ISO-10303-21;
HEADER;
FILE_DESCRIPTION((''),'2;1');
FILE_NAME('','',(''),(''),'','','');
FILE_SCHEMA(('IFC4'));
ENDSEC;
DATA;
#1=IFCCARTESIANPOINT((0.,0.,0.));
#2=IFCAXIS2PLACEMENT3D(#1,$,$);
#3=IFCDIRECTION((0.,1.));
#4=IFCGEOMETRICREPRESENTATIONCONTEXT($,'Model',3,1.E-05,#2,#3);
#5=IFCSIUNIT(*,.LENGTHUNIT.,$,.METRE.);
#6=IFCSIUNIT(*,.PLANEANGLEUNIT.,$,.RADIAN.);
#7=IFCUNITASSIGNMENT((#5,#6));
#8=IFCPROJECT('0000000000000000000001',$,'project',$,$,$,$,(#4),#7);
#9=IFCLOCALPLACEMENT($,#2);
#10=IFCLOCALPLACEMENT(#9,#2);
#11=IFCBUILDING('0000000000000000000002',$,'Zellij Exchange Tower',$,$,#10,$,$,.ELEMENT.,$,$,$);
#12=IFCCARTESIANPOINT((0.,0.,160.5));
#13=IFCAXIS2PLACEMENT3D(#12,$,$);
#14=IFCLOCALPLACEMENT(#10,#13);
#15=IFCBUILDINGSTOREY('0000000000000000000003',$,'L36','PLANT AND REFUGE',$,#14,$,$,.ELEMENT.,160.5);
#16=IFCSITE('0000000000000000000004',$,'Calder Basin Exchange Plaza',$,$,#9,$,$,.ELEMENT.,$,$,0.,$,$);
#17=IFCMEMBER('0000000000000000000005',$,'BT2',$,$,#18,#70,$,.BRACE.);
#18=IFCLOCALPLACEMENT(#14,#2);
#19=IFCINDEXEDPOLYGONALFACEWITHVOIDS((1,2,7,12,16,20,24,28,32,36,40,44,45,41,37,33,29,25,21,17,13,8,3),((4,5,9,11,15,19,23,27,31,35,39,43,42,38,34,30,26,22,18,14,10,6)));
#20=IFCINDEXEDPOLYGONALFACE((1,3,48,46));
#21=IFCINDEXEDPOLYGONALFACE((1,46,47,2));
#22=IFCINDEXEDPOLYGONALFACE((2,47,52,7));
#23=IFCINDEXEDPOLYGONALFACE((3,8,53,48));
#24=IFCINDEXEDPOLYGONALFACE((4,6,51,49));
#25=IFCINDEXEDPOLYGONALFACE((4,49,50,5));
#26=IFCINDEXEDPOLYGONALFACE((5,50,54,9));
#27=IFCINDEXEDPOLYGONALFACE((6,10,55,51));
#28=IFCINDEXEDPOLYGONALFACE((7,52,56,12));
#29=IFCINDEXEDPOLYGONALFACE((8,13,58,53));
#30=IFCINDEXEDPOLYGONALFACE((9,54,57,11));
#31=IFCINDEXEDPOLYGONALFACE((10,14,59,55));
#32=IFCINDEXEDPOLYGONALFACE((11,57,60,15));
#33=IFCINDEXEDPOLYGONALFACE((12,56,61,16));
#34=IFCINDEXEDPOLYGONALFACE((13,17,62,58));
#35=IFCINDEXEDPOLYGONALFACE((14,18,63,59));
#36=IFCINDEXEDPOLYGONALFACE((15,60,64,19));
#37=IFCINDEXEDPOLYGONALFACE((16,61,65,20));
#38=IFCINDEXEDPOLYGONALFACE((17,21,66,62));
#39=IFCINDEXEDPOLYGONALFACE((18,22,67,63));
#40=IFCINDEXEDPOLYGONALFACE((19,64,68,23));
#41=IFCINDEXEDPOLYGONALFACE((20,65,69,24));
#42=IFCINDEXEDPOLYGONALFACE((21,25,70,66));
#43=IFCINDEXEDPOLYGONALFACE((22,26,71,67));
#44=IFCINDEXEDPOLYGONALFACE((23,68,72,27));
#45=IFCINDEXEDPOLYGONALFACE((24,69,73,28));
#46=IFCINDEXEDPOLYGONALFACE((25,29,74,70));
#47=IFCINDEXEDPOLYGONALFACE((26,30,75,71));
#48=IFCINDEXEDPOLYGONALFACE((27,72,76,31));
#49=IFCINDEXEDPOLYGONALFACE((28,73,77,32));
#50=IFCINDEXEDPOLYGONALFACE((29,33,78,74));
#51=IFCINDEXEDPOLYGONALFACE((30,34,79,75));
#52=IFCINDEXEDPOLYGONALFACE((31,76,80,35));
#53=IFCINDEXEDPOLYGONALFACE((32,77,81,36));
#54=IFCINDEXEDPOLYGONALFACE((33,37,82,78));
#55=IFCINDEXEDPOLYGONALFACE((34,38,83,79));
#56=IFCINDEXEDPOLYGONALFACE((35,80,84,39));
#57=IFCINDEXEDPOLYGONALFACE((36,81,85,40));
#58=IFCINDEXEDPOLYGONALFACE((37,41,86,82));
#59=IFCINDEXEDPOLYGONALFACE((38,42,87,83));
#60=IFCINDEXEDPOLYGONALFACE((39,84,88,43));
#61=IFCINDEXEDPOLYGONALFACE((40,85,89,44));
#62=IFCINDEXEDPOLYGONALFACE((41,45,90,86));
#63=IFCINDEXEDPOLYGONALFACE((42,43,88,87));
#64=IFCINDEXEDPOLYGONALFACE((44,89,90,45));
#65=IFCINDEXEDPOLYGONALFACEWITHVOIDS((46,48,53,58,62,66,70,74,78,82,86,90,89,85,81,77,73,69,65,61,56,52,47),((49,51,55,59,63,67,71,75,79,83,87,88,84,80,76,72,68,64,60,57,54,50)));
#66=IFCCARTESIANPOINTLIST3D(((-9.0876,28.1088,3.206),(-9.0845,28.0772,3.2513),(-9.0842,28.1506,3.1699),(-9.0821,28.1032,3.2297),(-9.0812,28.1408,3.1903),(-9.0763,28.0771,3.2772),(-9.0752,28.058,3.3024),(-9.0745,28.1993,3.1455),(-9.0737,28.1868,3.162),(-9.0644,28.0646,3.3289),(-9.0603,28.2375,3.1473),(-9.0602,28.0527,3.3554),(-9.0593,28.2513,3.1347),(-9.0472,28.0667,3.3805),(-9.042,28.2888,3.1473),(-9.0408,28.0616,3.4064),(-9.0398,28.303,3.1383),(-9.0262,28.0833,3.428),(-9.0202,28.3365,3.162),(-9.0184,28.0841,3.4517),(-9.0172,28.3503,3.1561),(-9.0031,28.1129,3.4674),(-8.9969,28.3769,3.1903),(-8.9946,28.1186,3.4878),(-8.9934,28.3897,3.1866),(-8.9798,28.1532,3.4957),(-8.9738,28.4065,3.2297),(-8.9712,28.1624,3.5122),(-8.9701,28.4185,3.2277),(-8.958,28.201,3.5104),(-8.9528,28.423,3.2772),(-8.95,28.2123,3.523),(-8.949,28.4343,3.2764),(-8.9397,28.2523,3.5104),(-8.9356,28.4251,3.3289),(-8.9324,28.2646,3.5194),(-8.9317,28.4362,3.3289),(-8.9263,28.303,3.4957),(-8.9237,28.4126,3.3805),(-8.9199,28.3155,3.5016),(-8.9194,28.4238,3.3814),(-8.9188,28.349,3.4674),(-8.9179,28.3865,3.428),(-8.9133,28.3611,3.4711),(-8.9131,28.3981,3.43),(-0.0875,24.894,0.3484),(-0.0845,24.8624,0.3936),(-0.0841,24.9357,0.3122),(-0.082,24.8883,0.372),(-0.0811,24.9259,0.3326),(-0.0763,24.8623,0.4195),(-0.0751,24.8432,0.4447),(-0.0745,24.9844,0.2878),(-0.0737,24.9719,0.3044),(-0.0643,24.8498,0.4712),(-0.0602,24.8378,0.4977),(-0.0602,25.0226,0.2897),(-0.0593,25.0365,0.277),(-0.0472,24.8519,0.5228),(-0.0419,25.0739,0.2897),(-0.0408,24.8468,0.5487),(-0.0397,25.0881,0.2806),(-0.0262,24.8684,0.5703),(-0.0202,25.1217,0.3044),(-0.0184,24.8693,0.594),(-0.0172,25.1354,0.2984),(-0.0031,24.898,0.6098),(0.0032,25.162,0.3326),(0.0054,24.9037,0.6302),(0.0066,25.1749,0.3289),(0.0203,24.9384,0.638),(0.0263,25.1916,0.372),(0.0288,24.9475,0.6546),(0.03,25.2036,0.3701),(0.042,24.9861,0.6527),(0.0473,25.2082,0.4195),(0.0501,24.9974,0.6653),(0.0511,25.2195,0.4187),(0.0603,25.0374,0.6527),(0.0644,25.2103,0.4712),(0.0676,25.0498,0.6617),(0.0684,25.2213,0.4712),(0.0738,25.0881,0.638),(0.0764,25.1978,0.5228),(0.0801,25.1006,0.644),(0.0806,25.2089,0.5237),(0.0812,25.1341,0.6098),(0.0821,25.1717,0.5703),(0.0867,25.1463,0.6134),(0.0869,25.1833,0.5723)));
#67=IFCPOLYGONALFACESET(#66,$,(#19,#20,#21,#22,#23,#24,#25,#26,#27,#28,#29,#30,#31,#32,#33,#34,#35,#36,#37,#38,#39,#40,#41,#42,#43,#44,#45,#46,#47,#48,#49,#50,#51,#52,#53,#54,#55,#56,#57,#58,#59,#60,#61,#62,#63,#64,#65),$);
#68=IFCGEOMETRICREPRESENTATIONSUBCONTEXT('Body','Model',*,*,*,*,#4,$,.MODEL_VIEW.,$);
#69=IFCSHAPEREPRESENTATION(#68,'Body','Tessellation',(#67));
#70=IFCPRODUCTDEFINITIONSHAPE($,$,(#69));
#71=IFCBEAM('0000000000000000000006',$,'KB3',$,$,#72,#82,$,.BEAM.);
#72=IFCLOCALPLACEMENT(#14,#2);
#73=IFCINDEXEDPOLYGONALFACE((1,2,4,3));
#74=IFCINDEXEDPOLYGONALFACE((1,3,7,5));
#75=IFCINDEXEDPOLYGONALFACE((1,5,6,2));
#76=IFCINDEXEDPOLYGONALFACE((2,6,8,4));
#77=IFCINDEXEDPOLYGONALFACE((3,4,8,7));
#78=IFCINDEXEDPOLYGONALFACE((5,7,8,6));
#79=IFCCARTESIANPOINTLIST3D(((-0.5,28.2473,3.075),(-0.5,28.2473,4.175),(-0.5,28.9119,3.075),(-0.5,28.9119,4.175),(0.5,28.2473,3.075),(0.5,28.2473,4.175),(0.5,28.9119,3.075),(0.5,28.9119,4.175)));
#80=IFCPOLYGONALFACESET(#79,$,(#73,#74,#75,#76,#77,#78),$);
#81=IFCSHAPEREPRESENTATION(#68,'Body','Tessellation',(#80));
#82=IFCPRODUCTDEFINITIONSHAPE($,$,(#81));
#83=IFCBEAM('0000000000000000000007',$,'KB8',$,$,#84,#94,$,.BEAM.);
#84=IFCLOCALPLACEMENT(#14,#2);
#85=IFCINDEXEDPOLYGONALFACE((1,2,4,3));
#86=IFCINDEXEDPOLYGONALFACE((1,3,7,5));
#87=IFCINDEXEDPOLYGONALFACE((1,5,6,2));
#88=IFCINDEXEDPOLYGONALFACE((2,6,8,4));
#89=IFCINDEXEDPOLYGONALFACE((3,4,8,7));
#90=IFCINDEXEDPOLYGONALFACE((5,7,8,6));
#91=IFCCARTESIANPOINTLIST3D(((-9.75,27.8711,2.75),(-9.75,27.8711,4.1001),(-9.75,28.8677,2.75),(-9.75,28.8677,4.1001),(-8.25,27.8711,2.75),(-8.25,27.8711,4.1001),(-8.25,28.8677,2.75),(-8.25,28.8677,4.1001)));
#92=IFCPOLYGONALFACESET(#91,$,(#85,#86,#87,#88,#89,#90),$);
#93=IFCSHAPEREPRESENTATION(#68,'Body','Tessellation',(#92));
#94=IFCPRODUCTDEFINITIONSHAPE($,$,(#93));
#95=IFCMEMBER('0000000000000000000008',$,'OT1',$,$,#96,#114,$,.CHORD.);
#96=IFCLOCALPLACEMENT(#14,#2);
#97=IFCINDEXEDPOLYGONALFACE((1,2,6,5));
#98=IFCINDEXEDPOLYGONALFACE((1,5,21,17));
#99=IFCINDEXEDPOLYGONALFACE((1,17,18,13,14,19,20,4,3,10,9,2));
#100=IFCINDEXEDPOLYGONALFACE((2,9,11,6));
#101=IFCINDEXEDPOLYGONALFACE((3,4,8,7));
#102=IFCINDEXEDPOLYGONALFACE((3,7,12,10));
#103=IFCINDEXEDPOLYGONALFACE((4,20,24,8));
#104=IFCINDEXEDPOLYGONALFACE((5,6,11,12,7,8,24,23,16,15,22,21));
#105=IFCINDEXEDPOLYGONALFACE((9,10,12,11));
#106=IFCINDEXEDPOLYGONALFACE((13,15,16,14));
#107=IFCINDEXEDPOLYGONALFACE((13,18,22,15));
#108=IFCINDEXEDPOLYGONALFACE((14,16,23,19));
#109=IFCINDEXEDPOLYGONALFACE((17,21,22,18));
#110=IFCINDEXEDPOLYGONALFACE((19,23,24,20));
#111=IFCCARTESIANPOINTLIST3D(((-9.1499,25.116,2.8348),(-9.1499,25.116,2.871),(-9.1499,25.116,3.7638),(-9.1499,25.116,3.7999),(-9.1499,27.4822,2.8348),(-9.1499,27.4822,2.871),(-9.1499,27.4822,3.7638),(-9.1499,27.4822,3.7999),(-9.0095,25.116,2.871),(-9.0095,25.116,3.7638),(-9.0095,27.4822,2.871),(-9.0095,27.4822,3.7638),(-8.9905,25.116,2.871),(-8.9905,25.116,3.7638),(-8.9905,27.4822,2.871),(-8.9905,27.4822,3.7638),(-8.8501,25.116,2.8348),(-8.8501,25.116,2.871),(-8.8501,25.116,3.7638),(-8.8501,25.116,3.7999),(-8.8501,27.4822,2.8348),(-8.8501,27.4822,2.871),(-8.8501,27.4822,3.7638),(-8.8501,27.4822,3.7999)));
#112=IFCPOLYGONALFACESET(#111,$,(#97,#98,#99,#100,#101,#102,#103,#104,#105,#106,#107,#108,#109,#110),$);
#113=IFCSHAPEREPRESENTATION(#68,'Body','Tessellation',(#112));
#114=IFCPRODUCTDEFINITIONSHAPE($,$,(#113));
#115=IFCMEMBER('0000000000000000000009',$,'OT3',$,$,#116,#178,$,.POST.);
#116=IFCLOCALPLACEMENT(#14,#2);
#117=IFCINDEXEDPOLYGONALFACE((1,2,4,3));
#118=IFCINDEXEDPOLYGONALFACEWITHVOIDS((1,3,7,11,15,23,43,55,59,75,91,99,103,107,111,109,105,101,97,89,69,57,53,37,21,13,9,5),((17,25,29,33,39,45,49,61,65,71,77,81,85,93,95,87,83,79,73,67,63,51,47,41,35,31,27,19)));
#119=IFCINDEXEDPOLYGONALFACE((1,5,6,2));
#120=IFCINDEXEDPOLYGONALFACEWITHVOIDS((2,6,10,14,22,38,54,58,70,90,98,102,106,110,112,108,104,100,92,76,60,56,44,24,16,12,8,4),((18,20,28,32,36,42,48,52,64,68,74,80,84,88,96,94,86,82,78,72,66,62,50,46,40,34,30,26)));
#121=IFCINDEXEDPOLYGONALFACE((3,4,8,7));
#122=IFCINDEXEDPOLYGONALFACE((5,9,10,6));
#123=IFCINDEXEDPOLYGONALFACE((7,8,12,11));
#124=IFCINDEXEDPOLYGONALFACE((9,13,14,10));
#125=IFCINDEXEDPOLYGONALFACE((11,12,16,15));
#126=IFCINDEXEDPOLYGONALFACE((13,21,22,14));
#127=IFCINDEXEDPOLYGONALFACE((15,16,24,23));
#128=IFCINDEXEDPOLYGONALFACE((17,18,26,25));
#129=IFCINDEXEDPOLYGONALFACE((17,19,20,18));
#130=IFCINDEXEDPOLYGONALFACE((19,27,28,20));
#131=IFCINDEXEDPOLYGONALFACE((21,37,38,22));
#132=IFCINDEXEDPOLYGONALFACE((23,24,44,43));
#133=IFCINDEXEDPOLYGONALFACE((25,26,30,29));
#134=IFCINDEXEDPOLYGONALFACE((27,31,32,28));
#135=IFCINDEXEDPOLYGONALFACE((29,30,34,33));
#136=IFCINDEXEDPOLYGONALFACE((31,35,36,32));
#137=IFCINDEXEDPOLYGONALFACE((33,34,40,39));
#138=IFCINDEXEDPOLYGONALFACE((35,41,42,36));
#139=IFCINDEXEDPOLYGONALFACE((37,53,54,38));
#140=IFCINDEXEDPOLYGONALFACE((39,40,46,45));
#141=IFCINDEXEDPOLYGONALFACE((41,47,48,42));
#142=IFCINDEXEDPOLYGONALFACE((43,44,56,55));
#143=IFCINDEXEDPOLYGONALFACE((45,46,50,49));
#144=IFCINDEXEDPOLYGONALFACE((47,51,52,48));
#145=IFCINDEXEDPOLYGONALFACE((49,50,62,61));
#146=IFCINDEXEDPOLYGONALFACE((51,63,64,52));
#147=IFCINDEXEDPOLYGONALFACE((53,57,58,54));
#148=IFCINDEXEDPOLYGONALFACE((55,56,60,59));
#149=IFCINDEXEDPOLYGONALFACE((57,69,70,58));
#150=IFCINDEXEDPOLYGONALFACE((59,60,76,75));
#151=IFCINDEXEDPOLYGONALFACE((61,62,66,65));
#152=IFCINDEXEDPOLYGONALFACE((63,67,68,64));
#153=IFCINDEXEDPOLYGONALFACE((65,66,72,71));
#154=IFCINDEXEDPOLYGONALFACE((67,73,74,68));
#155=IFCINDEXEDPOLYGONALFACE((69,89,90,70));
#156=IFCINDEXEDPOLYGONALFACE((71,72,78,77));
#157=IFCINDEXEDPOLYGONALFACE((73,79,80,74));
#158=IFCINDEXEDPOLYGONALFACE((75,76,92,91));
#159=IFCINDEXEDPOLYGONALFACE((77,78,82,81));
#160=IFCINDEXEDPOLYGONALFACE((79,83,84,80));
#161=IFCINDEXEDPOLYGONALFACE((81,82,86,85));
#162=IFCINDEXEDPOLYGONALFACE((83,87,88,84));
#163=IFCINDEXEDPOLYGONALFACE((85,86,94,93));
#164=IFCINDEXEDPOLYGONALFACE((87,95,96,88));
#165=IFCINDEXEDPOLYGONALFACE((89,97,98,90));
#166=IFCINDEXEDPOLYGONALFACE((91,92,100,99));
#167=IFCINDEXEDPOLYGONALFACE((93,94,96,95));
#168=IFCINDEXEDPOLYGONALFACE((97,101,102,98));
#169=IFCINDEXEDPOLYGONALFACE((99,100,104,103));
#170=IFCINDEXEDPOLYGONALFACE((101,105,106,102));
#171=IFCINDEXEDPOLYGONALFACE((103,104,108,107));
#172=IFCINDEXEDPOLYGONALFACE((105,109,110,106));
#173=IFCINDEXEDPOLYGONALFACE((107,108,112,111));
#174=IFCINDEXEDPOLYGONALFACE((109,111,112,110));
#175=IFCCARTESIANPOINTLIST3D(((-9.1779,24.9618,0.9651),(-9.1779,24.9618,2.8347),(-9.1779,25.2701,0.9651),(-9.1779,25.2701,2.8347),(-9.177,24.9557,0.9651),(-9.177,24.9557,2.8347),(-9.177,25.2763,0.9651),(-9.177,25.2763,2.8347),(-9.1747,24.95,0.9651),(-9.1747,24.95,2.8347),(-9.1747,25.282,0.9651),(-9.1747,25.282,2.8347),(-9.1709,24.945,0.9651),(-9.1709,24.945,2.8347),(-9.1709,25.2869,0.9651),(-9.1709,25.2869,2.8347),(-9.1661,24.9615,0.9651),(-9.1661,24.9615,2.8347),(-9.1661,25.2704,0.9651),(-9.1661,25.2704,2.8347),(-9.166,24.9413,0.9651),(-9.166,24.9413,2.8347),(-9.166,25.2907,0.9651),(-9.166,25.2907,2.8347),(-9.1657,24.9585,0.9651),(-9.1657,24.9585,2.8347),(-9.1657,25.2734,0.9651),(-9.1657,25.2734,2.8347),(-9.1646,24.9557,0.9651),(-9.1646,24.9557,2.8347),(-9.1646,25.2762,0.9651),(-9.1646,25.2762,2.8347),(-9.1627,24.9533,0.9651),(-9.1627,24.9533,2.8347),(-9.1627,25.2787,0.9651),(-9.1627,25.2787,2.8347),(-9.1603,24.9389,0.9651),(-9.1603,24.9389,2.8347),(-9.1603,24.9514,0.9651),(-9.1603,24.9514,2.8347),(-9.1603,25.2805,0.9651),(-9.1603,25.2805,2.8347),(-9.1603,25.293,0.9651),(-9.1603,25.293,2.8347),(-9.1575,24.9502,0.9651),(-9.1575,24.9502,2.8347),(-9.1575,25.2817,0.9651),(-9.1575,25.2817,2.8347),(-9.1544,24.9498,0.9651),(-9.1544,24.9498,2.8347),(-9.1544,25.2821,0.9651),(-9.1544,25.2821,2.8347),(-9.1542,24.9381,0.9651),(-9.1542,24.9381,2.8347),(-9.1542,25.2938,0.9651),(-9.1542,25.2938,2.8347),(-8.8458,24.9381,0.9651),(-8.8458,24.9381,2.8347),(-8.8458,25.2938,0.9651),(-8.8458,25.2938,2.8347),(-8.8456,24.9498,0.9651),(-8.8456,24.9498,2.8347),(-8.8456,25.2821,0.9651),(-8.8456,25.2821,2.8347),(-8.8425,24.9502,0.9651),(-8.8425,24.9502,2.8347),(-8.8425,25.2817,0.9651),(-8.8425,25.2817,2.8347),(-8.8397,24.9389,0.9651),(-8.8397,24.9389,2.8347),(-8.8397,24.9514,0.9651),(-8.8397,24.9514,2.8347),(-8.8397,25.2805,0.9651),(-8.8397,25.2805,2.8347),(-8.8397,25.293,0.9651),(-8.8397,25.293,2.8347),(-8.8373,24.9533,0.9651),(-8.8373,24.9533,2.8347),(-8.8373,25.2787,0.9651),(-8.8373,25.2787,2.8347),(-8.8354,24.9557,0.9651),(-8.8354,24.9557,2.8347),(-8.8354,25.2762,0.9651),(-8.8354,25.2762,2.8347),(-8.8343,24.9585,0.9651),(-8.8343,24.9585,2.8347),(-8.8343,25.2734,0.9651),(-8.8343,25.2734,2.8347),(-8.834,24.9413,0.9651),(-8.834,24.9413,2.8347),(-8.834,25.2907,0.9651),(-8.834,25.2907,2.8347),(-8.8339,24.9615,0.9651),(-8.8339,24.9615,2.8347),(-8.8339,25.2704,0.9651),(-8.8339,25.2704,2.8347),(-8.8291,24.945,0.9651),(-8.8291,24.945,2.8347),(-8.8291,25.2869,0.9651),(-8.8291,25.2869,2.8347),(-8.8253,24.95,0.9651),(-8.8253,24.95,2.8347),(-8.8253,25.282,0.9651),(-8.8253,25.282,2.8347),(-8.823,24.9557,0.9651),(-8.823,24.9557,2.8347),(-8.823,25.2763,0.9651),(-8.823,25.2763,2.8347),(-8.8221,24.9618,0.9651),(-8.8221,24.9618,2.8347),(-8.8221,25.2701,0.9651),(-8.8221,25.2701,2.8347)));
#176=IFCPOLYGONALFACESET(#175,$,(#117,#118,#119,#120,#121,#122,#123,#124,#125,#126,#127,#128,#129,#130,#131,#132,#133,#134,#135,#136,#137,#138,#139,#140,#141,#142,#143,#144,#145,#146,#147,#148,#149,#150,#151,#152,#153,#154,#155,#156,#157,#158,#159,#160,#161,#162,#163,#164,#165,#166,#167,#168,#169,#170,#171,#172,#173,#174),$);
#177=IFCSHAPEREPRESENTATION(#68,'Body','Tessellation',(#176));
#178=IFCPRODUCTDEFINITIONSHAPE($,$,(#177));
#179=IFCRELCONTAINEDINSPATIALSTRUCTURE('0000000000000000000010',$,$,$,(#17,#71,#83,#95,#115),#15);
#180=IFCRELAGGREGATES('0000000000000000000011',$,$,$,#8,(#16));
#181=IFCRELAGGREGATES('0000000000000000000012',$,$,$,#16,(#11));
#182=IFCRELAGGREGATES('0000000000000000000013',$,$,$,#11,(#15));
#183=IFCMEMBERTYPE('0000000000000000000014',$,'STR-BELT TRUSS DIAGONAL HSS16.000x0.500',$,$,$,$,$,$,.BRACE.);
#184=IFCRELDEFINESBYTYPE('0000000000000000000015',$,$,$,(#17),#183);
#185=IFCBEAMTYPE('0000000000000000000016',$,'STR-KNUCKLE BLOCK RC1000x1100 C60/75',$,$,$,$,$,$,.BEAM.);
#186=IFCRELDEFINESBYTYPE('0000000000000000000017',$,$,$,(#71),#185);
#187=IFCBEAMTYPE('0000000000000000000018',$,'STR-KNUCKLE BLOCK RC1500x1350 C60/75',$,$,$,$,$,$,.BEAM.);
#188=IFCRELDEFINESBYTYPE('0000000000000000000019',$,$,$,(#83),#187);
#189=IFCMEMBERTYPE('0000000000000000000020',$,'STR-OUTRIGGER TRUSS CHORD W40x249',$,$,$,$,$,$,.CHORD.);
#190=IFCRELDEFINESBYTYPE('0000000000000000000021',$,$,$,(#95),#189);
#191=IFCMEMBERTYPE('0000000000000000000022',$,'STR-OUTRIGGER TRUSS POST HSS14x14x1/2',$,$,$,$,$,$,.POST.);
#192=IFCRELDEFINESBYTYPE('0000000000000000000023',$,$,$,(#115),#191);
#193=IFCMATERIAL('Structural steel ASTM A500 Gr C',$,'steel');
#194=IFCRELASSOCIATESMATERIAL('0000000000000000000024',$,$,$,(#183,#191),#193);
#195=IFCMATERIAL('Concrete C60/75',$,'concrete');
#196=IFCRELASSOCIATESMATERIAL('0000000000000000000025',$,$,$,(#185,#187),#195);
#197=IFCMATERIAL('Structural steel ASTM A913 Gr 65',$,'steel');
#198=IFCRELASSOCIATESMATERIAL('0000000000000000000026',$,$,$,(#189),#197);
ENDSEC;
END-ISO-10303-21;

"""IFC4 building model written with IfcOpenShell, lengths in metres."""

from ifc_helpers import new_model, si_unit, direction, frame, origin, origin_2d, place, context, subcontext, project, spatial, rectangle, hollow_rectangle, hollow_circle, i_section, extrude, material, material_profile, profile_set, type_object, element, save


model = new_model("IFC4")

# Units and contexts
model_context = context("Model", 3, precision=1e-05, world=origin(), true_north=direction((0.0, 1.0)))
body_context = subcontext(model_context, "Body", "Model", "MODEL_VIEW")
ifc_project = project(units=[si_unit("LENGTHUNIT", "METRE"), si_unit("PLANEANGLEUNIT", "RADIAN")], contexts=[model_context])

# Site, building, storey
site_placement = place(None, origin())
site = spatial("IfcSite", under=ifc_project, at=site_placement, Name="Calder Basin Exchange Plaza", CompositionType="ELEMENT", RefElevation=0.0)
building_placement = place(site_placement, origin())
building = spatial("IfcBuilding", under=site, at=building_placement, Name="Zellij Exchange Tower", CompositionType="ELEMENT")
storey_placement = place(building_placement, frame((0.0, 0.0, 160.5)))
storey = spatial("IfcBuildingStorey", under=building, at=storey_placement, Name="L36", Description="PLANT AND REFUGE", CompositionType="ELEMENT", Elevation=160.5)

# Shared definitions
ifc_material_1 = material(Name="Concrete C60/75", Category="concrete")

# Member
ifc_material_2 = material(Name="Structural steel ASTM A500 Gr C", Category="steel")
ifc_material_profile_1 = material_profile(ifc_material_2, hollow_circle(Radius=0.2031, WallThickness=0.0117, at=origin_2d()), Name="STR-BELT TRUSS DIAGONAL HSS16.000x0.500")
ifc_profile_set_1 = profile_set([ifc_material_profile_1], Name="Structural steel ASTM A500 Gr C")
member_type_1 = type_object("IfcMemberType", Name="STR-BELT TRUSS DIAGONAL HSS16.000x0.500", PredefinedType="BRACE", material=ifc_profile_set_1)
member_1_placement = place(storey_placement, frame((-9.0, 28.2449, 3.3289), z_axis=(0.902252, -0.322289, -0.286482), x_axis=(0.336388, 0.941723, 0.0)))
element("IfcMember", 1, at=member_1_placement, inside=storey, type_object=member_type_1, Name="BT2", PredefinedType="BRACE", context=body_context, shape_type="SweptSolid", body=[
    extrude(hollow_circle(Radius=0.2031, WallThickness=0.0117, at=origin_2d()), origin(), (0.0, 0.0, 1.0), 9.9751),
])

# Beams
ifc_material_profile_2 = material_profile(ifc_material_1, rectangle(XDim=1.0, YDim=1.1001, at=origin_2d()), Name="STR-KNUCKLE BLOCK RC1000x1100 C60/75")
ifc_profile_set_2 = profile_set([ifc_material_profile_2], Name="Concrete C60/75")
beam_type_1 = type_object("IfcBeamType", Name="STR-KNUCKLE BLOCK RC1000x1100 C60/75", PredefinedType="BEAM", material=ifc_profile_set_2)
beam_1_placement = place(storey_placement, frame((0.0, 28.2473, 3.625), z_axis=(0.0, 1.0, 0.0), x_axis=(-1.0, 0.0, 0.0)))
element("IfcBeam", 2, at=beam_1_placement, inside=storey, type_object=beam_type_1, Name="KB3", PredefinedType="BEAM", context=body_context, shape_type="SweptSolid", body=[
    extrude(rectangle(XDim=1.0, YDim=1.1001, at=origin_2d()), origin(), (0.0, 0.0, 1.0), 0.6646),
])
ifc_material_profile_3 = material_profile(ifc_material_1, rectangle(XDim=1.5, YDim=1.3501, at=origin_2d()), Name="STR-KNUCKLE BLOCK RC1500x1350 C60/75")
ifc_profile_set_3 = profile_set([ifc_material_profile_3], Name="Concrete C60/75")
beam_type_2 = type_object("IfcBeamType", Name="STR-KNUCKLE BLOCK RC1500x1350 C60/75", PredefinedType="BEAM", material=ifc_profile_set_3)
beam_2_placement = place(storey_placement, frame((-9.0, 27.8711, 3.425), z_axis=(0.0, 1.0, 0.0), x_axis=(-1.0, 0.0, 0.0)))
element("IfcBeam", 3, at=beam_2_placement, inside=storey, type_object=beam_type_2, Name="KB8", PredefinedType="BEAM", context=body_context, shape_type="SweptSolid", body=[
    extrude(rectangle(XDim=1.5, YDim=1.3501, at=origin_2d()), origin(), (0.0, 0.0, 1.0), 0.9966),
])

# Members
ifc_material_3 = material(Name="Structural steel ASTM A913 Gr 65", Category="steel")
ifc_material_profile_4 = material_profile(ifc_material_3, i_section(OverallWidth=0.2998, OverallDepth=0.9651, WebThickness=0.019, FlangeThickness=0.0361, at=origin_2d()), Name="W40x249")
ifc_profile_set_4 = profile_set([ifc_material_profile_4], Name="Structural steel ASTM A913 Gr 65")
member_type_2 = type_object("IfcMemberType", Name="STR-OUTRIGGER TRUSS CHORD W40x249", PredefinedType="CHORD", material=ifc_profile_set_4)
member_2_placement = place(storey_placement, frame((-9.0, 25.116, 3.3174), z_axis=(0.0, 1.0, 0.0), x_axis=(-1.0, 0.0, 0.0)))
element("IfcMember", 4, at=member_2_placement, inside=storey, type_object=member_type_2, Name="OT1", PredefinedType="CHORD", context=body_context, shape_type="SweptSolid", body=[
    extrude(i_section(OverallWidth=0.2998, OverallDepth=0.9651, WebThickness=0.019, FlangeThickness=0.0361, at=origin_2d()), origin(), (0.0, 0.0, 1.0), 2.3662),
])
ifc_material_profile_5 = material_profile(ifc_material_2, hollow_rectangle(XDim=0.3557, YDim=0.3557, WallThickness=0.0117, InnerFilletRadius=0.0117, OuterFilletRadius=0.0237, at=origin_2d()), Name="STR-OUTRIGGER TRUSS POST HSS14x14x1/2")
ifc_profile_set_5 = profile_set([ifc_material_profile_5], Name="Structural steel ASTM A500 Gr C")
member_type_3 = type_object("IfcMemberType", Name="STR-OUTRIGGER TRUSS POST HSS14x14x1/2", PredefinedType="POST", material=ifc_profile_set_5)
member_3_placement = place(storey_placement, frame((-9.0, 25.116, 0.9651), z_axis=(0.0, 0.0, 1.0), x_axis=(1.0, 0.0, 0.0)))
element("IfcMember", 5, at=member_3_placement, inside=storey, type_object=member_type_3, Name="OT3", PredefinedType="POST", context=body_context, shape_type="SweptSolid", body=[
    extrude(hollow_rectangle(XDim=0.3557, YDim=0.3557, WallThickness=0.0117, InnerFilletRadius=0.0117, OuterFilletRadius=0.0237, at=origin_2d()), origin(), (0.0, 0.0, 1.0), 1.8696),
])

save(model, "model.ifc")
